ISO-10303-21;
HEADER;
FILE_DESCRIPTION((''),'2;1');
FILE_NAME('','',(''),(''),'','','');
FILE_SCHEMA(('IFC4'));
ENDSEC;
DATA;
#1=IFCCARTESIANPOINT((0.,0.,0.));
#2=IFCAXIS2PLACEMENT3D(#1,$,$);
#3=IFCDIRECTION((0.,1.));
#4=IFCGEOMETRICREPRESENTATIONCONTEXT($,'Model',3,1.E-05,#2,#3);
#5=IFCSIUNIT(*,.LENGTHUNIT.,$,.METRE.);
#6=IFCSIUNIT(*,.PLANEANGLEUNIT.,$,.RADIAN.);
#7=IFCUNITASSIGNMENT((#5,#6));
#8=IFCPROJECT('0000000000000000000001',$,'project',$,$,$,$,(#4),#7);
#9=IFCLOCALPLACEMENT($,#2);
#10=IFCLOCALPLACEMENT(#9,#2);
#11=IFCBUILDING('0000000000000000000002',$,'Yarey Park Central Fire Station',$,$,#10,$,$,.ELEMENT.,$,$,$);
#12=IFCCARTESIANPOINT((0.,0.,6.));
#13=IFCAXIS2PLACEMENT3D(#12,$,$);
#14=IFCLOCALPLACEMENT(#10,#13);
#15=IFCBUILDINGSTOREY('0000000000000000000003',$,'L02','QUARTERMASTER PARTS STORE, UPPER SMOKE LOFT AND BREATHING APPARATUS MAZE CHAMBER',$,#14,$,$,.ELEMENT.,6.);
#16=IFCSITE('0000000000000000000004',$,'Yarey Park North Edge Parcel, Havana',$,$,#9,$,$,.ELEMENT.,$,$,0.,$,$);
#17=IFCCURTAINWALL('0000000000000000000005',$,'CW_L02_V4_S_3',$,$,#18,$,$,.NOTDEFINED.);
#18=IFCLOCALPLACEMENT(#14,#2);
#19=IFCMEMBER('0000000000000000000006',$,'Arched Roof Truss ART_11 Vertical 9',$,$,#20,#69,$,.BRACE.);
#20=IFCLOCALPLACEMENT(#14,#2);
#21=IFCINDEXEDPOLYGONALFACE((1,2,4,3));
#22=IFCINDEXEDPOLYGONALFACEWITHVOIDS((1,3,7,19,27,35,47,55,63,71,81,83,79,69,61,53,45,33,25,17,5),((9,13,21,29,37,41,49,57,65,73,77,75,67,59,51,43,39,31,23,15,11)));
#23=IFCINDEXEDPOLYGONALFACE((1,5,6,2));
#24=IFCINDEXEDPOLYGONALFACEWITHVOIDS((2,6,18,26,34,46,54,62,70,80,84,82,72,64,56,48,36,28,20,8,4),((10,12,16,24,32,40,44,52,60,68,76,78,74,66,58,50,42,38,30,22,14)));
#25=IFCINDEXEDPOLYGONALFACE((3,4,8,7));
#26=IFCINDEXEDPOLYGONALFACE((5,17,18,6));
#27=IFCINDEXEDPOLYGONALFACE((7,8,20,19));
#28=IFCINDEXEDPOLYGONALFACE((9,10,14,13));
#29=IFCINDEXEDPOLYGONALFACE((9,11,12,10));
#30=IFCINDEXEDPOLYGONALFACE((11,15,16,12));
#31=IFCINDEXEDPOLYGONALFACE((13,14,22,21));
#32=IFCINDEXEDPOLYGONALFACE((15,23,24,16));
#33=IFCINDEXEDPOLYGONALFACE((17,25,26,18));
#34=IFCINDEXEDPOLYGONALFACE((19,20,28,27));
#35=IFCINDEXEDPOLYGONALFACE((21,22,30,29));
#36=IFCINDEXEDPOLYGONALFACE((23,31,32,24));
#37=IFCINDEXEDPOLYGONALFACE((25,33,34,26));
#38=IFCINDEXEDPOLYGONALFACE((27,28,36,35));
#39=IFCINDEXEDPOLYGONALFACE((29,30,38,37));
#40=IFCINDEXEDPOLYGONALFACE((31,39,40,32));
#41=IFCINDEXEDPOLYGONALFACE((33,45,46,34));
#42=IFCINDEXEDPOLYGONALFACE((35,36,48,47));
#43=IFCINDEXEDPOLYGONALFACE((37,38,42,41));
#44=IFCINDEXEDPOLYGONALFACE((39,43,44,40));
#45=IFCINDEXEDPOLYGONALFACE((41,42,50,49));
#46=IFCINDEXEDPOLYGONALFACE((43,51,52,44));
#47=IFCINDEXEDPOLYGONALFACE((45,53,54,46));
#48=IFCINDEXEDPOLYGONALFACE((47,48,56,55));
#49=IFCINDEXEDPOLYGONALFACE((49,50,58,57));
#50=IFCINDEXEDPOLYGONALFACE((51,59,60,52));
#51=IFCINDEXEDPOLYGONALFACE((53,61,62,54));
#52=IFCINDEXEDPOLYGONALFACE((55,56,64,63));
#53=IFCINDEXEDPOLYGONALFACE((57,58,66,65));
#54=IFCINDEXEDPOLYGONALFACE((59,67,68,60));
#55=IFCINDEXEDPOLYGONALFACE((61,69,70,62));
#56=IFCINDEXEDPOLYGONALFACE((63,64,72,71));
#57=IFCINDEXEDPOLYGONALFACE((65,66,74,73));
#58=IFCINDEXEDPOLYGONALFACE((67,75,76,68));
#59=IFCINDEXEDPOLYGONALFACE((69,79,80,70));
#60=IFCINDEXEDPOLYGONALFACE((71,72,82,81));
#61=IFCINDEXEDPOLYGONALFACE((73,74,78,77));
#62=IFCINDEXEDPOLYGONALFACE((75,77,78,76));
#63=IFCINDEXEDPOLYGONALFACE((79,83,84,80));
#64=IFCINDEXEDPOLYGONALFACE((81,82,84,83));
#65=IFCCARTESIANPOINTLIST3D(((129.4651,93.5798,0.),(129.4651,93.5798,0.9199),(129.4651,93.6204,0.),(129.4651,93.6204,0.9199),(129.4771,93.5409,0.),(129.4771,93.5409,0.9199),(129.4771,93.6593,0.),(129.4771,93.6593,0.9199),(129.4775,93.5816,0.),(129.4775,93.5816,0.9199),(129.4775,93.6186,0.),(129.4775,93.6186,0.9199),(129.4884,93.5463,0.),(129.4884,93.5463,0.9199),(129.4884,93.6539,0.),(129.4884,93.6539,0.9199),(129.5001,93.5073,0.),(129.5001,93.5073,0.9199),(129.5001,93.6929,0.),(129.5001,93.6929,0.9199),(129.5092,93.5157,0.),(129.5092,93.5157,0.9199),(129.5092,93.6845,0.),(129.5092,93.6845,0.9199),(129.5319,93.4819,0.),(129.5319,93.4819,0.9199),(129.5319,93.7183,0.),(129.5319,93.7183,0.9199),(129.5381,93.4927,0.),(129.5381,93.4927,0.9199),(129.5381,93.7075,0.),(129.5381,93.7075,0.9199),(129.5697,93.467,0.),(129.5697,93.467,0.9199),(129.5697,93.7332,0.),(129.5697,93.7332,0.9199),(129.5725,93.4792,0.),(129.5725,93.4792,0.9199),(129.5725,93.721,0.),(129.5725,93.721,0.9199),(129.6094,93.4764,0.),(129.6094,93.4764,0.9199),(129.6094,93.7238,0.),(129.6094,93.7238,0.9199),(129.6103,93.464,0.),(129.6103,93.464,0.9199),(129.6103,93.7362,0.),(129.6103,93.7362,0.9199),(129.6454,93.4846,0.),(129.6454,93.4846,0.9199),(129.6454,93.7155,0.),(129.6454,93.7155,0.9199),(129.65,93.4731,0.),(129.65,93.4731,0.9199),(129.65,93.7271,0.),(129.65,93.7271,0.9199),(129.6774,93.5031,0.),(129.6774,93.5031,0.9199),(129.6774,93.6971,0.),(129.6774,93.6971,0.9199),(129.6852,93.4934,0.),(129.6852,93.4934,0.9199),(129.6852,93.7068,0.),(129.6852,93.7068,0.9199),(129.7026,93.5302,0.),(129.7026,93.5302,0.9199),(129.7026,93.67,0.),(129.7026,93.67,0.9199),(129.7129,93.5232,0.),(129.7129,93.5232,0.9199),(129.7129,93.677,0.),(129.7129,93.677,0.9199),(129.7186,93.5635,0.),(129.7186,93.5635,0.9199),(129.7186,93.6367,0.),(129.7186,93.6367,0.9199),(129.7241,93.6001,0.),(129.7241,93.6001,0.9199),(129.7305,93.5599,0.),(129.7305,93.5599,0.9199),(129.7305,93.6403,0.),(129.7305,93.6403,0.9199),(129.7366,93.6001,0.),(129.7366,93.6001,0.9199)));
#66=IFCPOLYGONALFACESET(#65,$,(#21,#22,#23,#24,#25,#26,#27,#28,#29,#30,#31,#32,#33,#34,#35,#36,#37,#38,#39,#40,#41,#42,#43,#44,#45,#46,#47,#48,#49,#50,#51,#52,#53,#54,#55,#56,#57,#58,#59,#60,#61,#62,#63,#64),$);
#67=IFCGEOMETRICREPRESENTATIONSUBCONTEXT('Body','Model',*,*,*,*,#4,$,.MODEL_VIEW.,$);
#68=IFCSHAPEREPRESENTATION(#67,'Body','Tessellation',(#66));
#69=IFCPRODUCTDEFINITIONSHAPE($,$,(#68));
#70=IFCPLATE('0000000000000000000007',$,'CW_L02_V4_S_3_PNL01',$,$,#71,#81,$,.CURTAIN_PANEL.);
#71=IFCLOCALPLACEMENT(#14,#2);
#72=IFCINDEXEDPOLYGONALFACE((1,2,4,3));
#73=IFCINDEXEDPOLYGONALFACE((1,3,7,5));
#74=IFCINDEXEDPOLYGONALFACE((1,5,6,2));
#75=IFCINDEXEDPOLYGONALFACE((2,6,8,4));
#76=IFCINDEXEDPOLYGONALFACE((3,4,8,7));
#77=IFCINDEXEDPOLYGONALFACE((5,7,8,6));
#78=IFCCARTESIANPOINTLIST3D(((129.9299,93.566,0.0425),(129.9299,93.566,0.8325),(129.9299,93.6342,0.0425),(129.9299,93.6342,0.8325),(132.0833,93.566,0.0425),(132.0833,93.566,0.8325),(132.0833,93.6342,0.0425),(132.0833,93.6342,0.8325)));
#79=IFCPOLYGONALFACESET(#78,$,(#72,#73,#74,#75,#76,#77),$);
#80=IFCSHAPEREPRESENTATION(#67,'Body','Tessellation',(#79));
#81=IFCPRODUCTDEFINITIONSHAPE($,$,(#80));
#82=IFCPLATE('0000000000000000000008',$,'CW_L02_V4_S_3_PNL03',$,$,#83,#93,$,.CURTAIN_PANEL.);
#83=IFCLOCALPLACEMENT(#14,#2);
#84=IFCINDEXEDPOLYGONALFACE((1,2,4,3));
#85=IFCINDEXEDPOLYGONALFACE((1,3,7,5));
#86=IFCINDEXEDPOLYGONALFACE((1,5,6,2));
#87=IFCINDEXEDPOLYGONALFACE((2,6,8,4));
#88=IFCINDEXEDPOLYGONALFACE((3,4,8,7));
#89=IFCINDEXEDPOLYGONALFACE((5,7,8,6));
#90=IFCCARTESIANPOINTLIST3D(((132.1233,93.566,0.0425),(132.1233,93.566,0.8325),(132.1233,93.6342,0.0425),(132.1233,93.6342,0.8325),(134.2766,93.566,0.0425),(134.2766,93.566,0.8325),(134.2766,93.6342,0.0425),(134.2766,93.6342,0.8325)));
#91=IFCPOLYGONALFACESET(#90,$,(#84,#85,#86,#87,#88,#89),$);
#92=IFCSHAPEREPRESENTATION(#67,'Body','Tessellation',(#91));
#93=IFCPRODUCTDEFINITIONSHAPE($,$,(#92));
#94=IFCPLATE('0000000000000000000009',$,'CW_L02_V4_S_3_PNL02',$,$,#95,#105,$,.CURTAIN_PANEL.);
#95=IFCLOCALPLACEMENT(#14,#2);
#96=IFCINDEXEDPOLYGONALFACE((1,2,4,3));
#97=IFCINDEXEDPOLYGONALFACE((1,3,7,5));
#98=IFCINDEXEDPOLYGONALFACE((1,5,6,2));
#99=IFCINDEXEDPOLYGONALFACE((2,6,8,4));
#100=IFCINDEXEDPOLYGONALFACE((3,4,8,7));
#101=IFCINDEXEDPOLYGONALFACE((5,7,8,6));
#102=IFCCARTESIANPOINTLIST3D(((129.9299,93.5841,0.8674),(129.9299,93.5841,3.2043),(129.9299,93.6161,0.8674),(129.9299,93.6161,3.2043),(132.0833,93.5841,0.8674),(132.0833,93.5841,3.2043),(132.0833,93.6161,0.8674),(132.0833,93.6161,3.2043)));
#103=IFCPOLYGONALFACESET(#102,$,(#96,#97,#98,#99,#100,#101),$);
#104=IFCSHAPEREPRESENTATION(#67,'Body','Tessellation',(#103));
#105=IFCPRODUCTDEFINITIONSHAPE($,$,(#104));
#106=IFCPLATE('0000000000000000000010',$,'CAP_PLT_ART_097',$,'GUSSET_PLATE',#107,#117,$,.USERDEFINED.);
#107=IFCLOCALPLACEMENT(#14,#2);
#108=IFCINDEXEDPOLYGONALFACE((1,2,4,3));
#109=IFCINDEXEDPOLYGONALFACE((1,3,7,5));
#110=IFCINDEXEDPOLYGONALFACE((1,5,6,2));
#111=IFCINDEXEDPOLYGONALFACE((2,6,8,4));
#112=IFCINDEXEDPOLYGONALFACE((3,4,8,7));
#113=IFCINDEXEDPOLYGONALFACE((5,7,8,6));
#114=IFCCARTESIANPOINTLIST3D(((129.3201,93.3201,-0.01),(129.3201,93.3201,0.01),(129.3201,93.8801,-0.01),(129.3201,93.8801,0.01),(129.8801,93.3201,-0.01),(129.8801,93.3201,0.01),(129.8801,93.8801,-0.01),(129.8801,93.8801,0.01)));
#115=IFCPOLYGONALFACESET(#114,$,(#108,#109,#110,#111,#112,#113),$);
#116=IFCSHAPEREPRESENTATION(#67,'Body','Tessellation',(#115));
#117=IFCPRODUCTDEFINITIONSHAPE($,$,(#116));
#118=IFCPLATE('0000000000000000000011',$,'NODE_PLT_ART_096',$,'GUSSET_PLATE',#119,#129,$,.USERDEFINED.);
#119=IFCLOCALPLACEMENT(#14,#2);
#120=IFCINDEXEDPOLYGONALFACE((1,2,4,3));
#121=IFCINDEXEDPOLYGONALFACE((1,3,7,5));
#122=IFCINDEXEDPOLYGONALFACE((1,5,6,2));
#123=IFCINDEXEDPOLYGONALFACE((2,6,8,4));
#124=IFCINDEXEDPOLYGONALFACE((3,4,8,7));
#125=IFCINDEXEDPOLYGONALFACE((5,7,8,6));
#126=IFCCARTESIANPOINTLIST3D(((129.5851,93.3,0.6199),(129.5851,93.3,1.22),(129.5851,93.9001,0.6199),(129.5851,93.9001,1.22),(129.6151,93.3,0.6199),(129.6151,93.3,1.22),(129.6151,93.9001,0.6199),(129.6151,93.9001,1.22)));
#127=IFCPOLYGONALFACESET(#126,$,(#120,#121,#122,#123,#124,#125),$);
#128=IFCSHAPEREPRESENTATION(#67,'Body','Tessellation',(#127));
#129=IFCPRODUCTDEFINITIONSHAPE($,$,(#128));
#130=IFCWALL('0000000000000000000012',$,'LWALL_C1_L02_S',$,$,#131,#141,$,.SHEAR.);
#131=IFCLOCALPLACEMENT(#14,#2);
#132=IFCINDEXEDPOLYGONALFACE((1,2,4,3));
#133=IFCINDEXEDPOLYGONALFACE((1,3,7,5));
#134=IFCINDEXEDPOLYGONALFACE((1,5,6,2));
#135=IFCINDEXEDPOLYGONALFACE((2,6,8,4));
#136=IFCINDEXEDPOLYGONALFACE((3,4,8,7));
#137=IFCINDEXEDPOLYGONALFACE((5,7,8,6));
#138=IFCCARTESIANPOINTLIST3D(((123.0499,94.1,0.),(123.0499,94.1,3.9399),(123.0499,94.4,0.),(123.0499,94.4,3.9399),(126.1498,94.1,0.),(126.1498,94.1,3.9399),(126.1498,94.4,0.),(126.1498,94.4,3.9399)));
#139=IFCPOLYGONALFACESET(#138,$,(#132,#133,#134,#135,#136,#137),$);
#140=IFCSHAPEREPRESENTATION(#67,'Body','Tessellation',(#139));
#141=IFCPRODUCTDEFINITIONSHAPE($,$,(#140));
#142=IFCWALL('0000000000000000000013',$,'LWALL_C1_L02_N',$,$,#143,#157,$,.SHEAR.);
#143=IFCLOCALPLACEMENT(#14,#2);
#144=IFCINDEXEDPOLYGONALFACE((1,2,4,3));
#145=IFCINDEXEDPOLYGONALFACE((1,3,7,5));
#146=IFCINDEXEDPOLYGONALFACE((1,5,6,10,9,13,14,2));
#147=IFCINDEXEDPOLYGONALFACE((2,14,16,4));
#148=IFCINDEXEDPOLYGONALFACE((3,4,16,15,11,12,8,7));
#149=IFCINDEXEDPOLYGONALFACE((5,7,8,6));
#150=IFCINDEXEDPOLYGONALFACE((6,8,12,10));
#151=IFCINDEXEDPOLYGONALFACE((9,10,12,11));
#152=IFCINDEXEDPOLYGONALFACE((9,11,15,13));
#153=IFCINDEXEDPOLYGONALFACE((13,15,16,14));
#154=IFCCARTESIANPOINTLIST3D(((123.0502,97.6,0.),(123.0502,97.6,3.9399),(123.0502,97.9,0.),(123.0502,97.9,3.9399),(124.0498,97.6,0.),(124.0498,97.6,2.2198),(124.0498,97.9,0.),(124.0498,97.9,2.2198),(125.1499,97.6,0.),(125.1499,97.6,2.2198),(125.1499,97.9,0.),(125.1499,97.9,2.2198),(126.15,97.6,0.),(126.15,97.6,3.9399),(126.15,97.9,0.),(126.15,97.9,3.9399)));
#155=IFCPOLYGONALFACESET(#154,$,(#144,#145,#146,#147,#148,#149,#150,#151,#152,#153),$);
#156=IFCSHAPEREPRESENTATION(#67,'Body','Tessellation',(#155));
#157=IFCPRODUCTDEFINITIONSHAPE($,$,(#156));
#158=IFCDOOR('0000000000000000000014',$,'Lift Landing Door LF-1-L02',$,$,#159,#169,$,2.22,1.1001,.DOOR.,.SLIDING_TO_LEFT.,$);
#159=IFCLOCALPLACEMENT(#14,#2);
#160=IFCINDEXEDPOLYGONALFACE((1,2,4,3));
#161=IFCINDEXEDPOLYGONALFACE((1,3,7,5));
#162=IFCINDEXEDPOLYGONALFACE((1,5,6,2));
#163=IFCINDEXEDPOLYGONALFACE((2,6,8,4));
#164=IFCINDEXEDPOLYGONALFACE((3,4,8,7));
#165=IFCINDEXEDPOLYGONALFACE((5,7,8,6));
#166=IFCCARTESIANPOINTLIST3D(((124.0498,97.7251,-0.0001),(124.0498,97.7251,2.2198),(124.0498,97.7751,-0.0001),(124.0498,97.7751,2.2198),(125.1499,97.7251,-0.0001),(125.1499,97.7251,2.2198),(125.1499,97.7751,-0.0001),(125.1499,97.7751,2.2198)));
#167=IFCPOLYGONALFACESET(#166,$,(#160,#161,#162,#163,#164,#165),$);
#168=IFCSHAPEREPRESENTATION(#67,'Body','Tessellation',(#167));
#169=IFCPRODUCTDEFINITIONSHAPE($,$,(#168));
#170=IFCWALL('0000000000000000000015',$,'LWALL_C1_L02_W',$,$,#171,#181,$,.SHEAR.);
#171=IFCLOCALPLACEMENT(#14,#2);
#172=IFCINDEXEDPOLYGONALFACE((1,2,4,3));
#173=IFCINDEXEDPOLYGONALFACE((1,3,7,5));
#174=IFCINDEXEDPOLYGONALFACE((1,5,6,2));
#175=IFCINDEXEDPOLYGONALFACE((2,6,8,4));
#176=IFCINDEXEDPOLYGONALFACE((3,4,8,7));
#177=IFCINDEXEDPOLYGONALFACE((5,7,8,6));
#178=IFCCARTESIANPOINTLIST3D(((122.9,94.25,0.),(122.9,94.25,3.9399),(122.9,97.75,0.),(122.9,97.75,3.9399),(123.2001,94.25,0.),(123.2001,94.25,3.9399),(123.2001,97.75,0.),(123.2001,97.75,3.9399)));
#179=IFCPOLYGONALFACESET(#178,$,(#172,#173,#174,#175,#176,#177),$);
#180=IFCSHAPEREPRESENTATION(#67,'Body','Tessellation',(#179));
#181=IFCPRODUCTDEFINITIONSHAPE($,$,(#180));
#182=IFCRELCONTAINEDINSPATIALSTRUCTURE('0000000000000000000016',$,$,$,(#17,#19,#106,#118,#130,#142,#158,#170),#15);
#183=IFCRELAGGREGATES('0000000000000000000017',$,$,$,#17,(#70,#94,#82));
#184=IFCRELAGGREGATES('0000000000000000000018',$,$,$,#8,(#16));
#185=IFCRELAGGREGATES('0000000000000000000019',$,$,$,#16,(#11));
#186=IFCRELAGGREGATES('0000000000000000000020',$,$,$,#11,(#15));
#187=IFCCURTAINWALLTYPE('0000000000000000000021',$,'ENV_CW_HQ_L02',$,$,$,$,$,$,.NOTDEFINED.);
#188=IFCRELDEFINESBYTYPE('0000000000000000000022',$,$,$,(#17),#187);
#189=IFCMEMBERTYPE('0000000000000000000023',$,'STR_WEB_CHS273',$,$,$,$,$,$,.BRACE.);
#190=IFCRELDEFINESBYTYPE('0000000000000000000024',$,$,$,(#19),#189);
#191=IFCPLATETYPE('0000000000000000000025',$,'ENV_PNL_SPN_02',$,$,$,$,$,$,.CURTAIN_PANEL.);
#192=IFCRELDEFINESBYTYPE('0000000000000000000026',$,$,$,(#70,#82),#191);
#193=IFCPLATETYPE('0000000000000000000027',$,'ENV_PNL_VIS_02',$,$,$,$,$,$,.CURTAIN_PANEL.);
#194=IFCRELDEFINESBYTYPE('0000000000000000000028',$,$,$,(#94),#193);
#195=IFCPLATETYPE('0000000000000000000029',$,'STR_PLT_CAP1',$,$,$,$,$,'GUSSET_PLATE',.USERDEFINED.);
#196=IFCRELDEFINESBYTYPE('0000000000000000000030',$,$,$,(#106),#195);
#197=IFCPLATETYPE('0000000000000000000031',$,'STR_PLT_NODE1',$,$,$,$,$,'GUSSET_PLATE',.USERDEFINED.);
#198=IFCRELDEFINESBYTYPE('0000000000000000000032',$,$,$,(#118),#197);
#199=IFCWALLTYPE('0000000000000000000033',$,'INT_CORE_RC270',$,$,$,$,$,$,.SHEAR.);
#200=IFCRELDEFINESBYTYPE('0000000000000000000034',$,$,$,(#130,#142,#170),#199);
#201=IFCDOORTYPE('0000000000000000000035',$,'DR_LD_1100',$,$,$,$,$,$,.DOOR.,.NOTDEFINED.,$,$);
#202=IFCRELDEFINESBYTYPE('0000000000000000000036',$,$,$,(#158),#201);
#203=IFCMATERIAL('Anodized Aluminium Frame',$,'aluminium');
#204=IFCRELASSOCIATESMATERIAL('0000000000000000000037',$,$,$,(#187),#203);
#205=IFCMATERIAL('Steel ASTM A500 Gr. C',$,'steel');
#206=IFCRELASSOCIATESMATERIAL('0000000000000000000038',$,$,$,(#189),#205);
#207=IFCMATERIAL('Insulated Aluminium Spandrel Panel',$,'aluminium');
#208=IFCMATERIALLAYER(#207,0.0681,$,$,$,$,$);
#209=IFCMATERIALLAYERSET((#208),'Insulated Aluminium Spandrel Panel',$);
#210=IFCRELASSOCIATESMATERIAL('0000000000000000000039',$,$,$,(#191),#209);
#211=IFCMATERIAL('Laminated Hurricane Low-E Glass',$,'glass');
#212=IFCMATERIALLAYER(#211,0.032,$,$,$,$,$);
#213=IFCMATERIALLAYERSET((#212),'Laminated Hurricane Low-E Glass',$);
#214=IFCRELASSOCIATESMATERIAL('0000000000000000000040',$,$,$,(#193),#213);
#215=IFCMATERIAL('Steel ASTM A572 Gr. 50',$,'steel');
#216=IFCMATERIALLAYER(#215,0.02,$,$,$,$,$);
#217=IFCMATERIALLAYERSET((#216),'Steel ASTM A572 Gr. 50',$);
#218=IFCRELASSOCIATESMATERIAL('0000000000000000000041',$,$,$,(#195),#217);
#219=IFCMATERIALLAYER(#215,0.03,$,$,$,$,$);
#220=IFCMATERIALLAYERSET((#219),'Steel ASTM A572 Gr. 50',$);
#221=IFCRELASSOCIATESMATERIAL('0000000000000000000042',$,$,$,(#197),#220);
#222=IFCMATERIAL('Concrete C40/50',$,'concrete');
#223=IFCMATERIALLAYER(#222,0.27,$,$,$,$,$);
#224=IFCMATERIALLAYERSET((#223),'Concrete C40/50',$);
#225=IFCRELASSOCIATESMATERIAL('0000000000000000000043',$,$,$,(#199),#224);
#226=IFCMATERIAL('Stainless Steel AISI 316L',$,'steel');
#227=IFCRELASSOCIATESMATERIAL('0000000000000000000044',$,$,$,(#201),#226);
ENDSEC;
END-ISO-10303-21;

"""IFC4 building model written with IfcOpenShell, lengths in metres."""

from ifc_helpers import new_model, si_unit, direction, frame, frame_2d, origin, origin_2d, place, context, subcontext, project, spatial, rectangle, hollow_circle, extrude, material, layer, layer_set, material_profile, profile_set, type_object, element, fill, aggregate, save


model = new_model("IFC4")

# Units and contexts
model_context = context("Model", 3, precision=1e-05, world=origin(), true_north=direction((0.0, 1.0)))
body_context = subcontext(model_context, "Body", "Model", "MODEL_VIEW")
ifc_project = project(units=[si_unit("LENGTHUNIT", "METRE"), si_unit("PLANEANGLEUNIT", "RADIAN")], contexts=[model_context])

# Site, building, storey
site_placement = place(None, origin())
site = spatial("IfcSite", under=ifc_project, at=site_placement, Name="Yarey Park North Edge Parcel, Havana", CompositionType="ELEMENT", RefElevation=0.0)
building_placement = place(site_placement, origin())
building = spatial("IfcBuilding", under=site, at=building_placement, Name="Yarey Park Central Fire Station", CompositionType="ELEMENT")
storey_placement = place(building_placement, frame((0.0, 0.0, 6.0)))
storey = spatial("IfcBuildingStorey", under=building, at=storey_placement, Name="L02", Description="QUARTERMASTER PARTS STORE, UPPER SMOKE LOFT AND BREATHING APPARATUS MAZE CHAMBER", CompositionType="ELEMENT", Elevation=6.0)

# Shared definitions
ifc_material_1 = material(Name="Concrete C40/50", Category="concrete")

# Shared definitions
ifc_material_2 = material(Name="Anodized Aluminium Frame", Category="aluminium")
curtain_wall_type = type_object("IfcCurtainWallType", Name="ENV_CW_HQ_L02", PredefinedType="NOTDEFINED", material=ifc_material_2)

# Curtain wall
curtain_wall_1_placement = place(storey_placement, origin())
curtain_wall_1 = element("IfcCurtainWall", 1, at=curtain_wall_1_placement, inside=storey, type_object=curtain_wall_type, Name="CW_L02_V4_S_3", PredefinedType="NOTDEFINED")

# Member
ifc_material_3 = material(Name="Steel ASTM A500 Gr. C", Category="steel")
ifc_material_profile_1 = material_profile(ifc_material_3, hollow_circle(Radius=0.1365, WallThickness=0.0125, at=origin_2d()), Name="CHS 273x12.5")
ifc_profile_set_1 = profile_set([ifc_material_profile_1], Name="Steel ASTM A500 Gr. C")
member_type_1 = type_object("IfcMemberType", Name="STR_WEB_CHS273", PredefinedType="BRACE", material=ifc_profile_set_1)
member_1_placement = place(storey_placement, frame((129.6001, 93.6001, 0.0), z_axis=(0.0, 0.0, 1.0), x_axis=(1.0, 0.0, 0.0)))
element("IfcMember", 2, at=member_1_placement, inside=storey, type_object=member_type_1, Name="Arched Roof Truss ART_11 Vertical 9", PredefinedType="BRACE", context=body_context, shape_type="SweptSolid", body=[
    extrude(hollow_circle(Radius=0.1365, WallThickness=0.0125, at=origin_2d()), origin(), (0.0, 0.0, 1.0), 0.9199),
])

# Plates
ifc_material_4 = material(Name="Insulated Aluminium Spandrel Panel", Category="aluminium")
ifc_layer_1 = layer(ifc_material_4, 0.0681)
ifc_layer_set_1 = layer_set([ifc_layer_1], Name="Insulated Aluminium Spandrel Panel")
plate_type_1 = type_object("IfcPlateType", Name="ENV_PNL_SPN_02", PredefinedType="CURTAIN_PANEL", material=ifc_layer_set_1)
plate_1_placement = place(storey_placement, frame((131.0066, 93.6001, 0.0425), z_axis=(0.0, 0.0, 1.0), x_axis=(1.0, 0.0, 0.0)))
plate_1 = element("IfcPlate", 3, at=plate_1_placement, type_object=plate_type_1, Name="CW_L02_V4_S_3_PNL01", PredefinedType="CURTAIN_PANEL", context=body_context, shape_type="SweptSolid", body=[
    extrude(rectangle(XDim=2.1533, YDim=0.0681, at=origin_2d()), origin(), (0.0, 0.0, 1.0), 0.79),
])
plate_2_placement = place(storey_placement, frame((133.2, 93.6001, 0.0425), z_axis=(0.0, 0.0, 1.0), x_axis=(1.0, 0.0, 0.0)))
plate_2 = element("IfcPlate", 4, at=plate_2_placement, type_object=plate_type_1, Name="CW_L02_V4_S_3_PNL03", PredefinedType="CURTAIN_PANEL", context=body_context, shape_type="SweptSolid", body=[
    extrude(rectangle(XDim=2.1533, YDim=0.0681, at=origin_2d()), origin(), (0.0, 0.0, 1.0), 0.79),
])
ifc_material_5 = material(Name="Laminated Hurricane Low-E Glass", Category="glass")
ifc_layer_2 = layer(ifc_material_5, 0.032)
ifc_layer_set_2 = layer_set([ifc_layer_2], Name="Laminated Hurricane Low-E Glass")
plate_type_2 = type_object("IfcPlateType", Name="ENV_PNL_VIS_02", PredefinedType="CURTAIN_PANEL", material=ifc_layer_set_2)
plate_3_placement = place(storey_placement, frame((131.0066, 93.6001, 0.8674), z_axis=(0.0, 0.0, 1.0), x_axis=(1.0, 0.0, 0.0)))
plate_3 = element("IfcPlate", 5, at=plate_3_placement, type_object=plate_type_2, Name="CW_L02_V4_S_3_PNL02", PredefinedType="CURTAIN_PANEL", context=body_context, shape_type="SweptSolid", body=[
    extrude(rectangle(XDim=2.1533, YDim=0.032, at=origin_2d()), origin(), (0.0, 0.0, 1.0), 2.3369),
])
aggregate(curtain_wall_1, [plate_1, plate_3, plate_2])

# Plates
ifc_material_6 = material(Name="Steel ASTM A572 Gr. 50", Category="steel")
ifc_layer_3 = layer(ifc_material_6, 0.02)
ifc_layer_set_3 = layer_set([ifc_layer_3], Name="Steel ASTM A572 Gr. 50")
plate_type_3 = type_object("IfcPlateType", Name="STR_PLT_CAP1", ElementType="GUSSET_PLATE", PredefinedType="USERDEFINED", material=ifc_layer_set_3)
plate_4_placement = place(storey_placement, frame((129.6001, 93.6001, -0.01), z_axis=(0.0, 0.0, 1.0), x_axis=(1.0, 0.0, 0.0)))
element("IfcPlate", 6, at=plate_4_placement, inside=storey, type_object=plate_type_3, Name="CAP_PLT_ART_097", ObjectType="GUSSET_PLATE", PredefinedType="USERDEFINED", context=body_context, shape_type="SweptSolid", body=[
    extrude(rectangle(XDim=0.5601, YDim=0.5601, at=origin_2d()), origin(), (0.0, 0.0, 1.0), 0.02),
])
ifc_layer_4 = layer(ifc_material_6, 0.03)
ifc_layer_set_4 = layer_set([ifc_layer_4], Name="Steel ASTM A572 Gr. 50")
plate_type_4 = type_object("IfcPlateType", Name="STR_PLT_NODE1", ElementType="GUSSET_PLATE", PredefinedType="USERDEFINED", material=ifc_layer_set_4)
plate_5_placement = place(storey_placement, frame((129.6001, 93.6001, 0.6199), z_axis=(0.0, 0.0, 1.0), x_axis=(1.0, 0.0, 0.0)))
element("IfcPlate", 7, at=plate_5_placement, inside=storey, type_object=plate_type_4, Name="NODE_PLT_ART_096", ObjectType="GUSSET_PLATE", PredefinedType="USERDEFINED", context=body_context, shape_type="SweptSolid", body=[
    extrude(rectangle(XDim=0.03, YDim=0.6001, at=origin_2d()), origin(), (0.0, 0.0, 1.0), 0.6001),
])

# Wall
ifc_layer_5 = layer(ifc_material_1, 0.27)
ifc_layer_set_5 = layer_set([ifc_layer_5], Name="Concrete C40/50")
wall_type_1 = type_object("IfcWallType", Name="INT_CORE_RC270", PredefinedType="SHEAR", material=ifc_layer_set_5)
wall_1_placement = place(storey_placement, frame((123.05, 94.25, 0.0), z_axis=(0.0, 0.0, 1.0), x_axis=(1.0, 0.0, 0.0)))
element("IfcWall", 8, at=wall_1_placement, inside=storey, type_object=wall_type_1, Name="LWALL_C1_L02_S", PredefinedType="SHEAR", context=body_context, shape_type="SweptSolid", body=[
    extrude(rectangle(XDim=3.0999, YDim=0.3, at=frame_2d((1.5498, 0.0))), origin(), (0.0, 0.0, 1.0), 3.9399),
])

# Wall, opening, door
wall_2_placement = place(storey_placement, frame((126.1499, 97.75, 0.0), z_axis=(0.0, 0.0, 1.0), x_axis=(-1.0, 0.0, 0.0)))
wall_2 = element("IfcWall", 9, at=wall_2_placement, inside=storey, type_object=wall_type_1, Name="LWALL_C1_L02_N", PredefinedType="SHEAR", context=body_context, shape_type="SweptSolid", body=[
    extrude(rectangle(XDim=3.0999, YDim=0.3, at=frame_2d((1.5498, 0.0))), origin(), (0.0, 0.0, 1.0), 3.9399),
])
opening_placement = place(wall_2_placement, frame((1.0, 0.0, 0.0)))
opening = element("IfcOpeningElement", 10, at=opening_placement, cuts=wall_2, PredefinedType="OPENING", context=body_context, shape_type="SweptSolid", body=[
    extrude(rectangle(XDim=1.1001, YDim=2.22, at=frame_2d((0.55, 1.1099))), frame((0.0, 0.1599, 0.0), z_axis=(0.0, -1.0, 0.0), x_axis=(1.0, 0.0, 0.0)), (0.0, 0.0, 1.0), 0.3201),
])
ifc_material_7 = material(Name="Stainless Steel AISI 316L", Category="steel")
door_type = type_object("IfcDoorType", Name="DR_LD_1100", OperationType="NOTDEFINED", PredefinedType="DOOR", material=ifc_material_7)
door_placement = place(opening_placement, origin())
door = element("IfcDoor", 11, at=door_placement, inside=storey, type_object=door_type, Name="Lift Landing Door LF-1-L02", OperationType="SLIDING_TO_LEFT", OverallHeight=2.22, OverallWidth=1.1001, PredefinedType="DOOR", context=body_context, shape_type="SweptSolid", body=[
    extrude(rectangle(XDim=1.1001, YDim=2.22, at=frame_2d((0.55, 1.1099))), frame((0.0, 0.0249, 0.0), z_axis=(0.0, -1.0, 0.0), x_axis=(1.0, 0.0, 0.0)), (0.0, 0.0, 1.0), 0.05),
])
fill(opening, door)

# Wall
for number, where, z_axis, x_axis, name in (
    (12, (123.05, 97.75, 0.0), (0.0, 0.0, 1.0), (0.0, -1.0, 0.0), "LWALL_C1_L02_W"),
):
    element("IfcWall", number, at=place(storey_placement, frame(where, z_axis=z_axis, x_axis=x_axis)), inside=storey, type_object=wall_type_1, Name=name, PredefinedType="SHEAR", context=body_context, shape_type="SweptSolid", body=[
        extrude(rectangle(XDim=3.5, YDim=0.3, at=frame_2d((1.75, 0.0))), origin(), (0.0, 0.0, 1.0), 3.9399),
    ])

save(model, "model.ifc")
